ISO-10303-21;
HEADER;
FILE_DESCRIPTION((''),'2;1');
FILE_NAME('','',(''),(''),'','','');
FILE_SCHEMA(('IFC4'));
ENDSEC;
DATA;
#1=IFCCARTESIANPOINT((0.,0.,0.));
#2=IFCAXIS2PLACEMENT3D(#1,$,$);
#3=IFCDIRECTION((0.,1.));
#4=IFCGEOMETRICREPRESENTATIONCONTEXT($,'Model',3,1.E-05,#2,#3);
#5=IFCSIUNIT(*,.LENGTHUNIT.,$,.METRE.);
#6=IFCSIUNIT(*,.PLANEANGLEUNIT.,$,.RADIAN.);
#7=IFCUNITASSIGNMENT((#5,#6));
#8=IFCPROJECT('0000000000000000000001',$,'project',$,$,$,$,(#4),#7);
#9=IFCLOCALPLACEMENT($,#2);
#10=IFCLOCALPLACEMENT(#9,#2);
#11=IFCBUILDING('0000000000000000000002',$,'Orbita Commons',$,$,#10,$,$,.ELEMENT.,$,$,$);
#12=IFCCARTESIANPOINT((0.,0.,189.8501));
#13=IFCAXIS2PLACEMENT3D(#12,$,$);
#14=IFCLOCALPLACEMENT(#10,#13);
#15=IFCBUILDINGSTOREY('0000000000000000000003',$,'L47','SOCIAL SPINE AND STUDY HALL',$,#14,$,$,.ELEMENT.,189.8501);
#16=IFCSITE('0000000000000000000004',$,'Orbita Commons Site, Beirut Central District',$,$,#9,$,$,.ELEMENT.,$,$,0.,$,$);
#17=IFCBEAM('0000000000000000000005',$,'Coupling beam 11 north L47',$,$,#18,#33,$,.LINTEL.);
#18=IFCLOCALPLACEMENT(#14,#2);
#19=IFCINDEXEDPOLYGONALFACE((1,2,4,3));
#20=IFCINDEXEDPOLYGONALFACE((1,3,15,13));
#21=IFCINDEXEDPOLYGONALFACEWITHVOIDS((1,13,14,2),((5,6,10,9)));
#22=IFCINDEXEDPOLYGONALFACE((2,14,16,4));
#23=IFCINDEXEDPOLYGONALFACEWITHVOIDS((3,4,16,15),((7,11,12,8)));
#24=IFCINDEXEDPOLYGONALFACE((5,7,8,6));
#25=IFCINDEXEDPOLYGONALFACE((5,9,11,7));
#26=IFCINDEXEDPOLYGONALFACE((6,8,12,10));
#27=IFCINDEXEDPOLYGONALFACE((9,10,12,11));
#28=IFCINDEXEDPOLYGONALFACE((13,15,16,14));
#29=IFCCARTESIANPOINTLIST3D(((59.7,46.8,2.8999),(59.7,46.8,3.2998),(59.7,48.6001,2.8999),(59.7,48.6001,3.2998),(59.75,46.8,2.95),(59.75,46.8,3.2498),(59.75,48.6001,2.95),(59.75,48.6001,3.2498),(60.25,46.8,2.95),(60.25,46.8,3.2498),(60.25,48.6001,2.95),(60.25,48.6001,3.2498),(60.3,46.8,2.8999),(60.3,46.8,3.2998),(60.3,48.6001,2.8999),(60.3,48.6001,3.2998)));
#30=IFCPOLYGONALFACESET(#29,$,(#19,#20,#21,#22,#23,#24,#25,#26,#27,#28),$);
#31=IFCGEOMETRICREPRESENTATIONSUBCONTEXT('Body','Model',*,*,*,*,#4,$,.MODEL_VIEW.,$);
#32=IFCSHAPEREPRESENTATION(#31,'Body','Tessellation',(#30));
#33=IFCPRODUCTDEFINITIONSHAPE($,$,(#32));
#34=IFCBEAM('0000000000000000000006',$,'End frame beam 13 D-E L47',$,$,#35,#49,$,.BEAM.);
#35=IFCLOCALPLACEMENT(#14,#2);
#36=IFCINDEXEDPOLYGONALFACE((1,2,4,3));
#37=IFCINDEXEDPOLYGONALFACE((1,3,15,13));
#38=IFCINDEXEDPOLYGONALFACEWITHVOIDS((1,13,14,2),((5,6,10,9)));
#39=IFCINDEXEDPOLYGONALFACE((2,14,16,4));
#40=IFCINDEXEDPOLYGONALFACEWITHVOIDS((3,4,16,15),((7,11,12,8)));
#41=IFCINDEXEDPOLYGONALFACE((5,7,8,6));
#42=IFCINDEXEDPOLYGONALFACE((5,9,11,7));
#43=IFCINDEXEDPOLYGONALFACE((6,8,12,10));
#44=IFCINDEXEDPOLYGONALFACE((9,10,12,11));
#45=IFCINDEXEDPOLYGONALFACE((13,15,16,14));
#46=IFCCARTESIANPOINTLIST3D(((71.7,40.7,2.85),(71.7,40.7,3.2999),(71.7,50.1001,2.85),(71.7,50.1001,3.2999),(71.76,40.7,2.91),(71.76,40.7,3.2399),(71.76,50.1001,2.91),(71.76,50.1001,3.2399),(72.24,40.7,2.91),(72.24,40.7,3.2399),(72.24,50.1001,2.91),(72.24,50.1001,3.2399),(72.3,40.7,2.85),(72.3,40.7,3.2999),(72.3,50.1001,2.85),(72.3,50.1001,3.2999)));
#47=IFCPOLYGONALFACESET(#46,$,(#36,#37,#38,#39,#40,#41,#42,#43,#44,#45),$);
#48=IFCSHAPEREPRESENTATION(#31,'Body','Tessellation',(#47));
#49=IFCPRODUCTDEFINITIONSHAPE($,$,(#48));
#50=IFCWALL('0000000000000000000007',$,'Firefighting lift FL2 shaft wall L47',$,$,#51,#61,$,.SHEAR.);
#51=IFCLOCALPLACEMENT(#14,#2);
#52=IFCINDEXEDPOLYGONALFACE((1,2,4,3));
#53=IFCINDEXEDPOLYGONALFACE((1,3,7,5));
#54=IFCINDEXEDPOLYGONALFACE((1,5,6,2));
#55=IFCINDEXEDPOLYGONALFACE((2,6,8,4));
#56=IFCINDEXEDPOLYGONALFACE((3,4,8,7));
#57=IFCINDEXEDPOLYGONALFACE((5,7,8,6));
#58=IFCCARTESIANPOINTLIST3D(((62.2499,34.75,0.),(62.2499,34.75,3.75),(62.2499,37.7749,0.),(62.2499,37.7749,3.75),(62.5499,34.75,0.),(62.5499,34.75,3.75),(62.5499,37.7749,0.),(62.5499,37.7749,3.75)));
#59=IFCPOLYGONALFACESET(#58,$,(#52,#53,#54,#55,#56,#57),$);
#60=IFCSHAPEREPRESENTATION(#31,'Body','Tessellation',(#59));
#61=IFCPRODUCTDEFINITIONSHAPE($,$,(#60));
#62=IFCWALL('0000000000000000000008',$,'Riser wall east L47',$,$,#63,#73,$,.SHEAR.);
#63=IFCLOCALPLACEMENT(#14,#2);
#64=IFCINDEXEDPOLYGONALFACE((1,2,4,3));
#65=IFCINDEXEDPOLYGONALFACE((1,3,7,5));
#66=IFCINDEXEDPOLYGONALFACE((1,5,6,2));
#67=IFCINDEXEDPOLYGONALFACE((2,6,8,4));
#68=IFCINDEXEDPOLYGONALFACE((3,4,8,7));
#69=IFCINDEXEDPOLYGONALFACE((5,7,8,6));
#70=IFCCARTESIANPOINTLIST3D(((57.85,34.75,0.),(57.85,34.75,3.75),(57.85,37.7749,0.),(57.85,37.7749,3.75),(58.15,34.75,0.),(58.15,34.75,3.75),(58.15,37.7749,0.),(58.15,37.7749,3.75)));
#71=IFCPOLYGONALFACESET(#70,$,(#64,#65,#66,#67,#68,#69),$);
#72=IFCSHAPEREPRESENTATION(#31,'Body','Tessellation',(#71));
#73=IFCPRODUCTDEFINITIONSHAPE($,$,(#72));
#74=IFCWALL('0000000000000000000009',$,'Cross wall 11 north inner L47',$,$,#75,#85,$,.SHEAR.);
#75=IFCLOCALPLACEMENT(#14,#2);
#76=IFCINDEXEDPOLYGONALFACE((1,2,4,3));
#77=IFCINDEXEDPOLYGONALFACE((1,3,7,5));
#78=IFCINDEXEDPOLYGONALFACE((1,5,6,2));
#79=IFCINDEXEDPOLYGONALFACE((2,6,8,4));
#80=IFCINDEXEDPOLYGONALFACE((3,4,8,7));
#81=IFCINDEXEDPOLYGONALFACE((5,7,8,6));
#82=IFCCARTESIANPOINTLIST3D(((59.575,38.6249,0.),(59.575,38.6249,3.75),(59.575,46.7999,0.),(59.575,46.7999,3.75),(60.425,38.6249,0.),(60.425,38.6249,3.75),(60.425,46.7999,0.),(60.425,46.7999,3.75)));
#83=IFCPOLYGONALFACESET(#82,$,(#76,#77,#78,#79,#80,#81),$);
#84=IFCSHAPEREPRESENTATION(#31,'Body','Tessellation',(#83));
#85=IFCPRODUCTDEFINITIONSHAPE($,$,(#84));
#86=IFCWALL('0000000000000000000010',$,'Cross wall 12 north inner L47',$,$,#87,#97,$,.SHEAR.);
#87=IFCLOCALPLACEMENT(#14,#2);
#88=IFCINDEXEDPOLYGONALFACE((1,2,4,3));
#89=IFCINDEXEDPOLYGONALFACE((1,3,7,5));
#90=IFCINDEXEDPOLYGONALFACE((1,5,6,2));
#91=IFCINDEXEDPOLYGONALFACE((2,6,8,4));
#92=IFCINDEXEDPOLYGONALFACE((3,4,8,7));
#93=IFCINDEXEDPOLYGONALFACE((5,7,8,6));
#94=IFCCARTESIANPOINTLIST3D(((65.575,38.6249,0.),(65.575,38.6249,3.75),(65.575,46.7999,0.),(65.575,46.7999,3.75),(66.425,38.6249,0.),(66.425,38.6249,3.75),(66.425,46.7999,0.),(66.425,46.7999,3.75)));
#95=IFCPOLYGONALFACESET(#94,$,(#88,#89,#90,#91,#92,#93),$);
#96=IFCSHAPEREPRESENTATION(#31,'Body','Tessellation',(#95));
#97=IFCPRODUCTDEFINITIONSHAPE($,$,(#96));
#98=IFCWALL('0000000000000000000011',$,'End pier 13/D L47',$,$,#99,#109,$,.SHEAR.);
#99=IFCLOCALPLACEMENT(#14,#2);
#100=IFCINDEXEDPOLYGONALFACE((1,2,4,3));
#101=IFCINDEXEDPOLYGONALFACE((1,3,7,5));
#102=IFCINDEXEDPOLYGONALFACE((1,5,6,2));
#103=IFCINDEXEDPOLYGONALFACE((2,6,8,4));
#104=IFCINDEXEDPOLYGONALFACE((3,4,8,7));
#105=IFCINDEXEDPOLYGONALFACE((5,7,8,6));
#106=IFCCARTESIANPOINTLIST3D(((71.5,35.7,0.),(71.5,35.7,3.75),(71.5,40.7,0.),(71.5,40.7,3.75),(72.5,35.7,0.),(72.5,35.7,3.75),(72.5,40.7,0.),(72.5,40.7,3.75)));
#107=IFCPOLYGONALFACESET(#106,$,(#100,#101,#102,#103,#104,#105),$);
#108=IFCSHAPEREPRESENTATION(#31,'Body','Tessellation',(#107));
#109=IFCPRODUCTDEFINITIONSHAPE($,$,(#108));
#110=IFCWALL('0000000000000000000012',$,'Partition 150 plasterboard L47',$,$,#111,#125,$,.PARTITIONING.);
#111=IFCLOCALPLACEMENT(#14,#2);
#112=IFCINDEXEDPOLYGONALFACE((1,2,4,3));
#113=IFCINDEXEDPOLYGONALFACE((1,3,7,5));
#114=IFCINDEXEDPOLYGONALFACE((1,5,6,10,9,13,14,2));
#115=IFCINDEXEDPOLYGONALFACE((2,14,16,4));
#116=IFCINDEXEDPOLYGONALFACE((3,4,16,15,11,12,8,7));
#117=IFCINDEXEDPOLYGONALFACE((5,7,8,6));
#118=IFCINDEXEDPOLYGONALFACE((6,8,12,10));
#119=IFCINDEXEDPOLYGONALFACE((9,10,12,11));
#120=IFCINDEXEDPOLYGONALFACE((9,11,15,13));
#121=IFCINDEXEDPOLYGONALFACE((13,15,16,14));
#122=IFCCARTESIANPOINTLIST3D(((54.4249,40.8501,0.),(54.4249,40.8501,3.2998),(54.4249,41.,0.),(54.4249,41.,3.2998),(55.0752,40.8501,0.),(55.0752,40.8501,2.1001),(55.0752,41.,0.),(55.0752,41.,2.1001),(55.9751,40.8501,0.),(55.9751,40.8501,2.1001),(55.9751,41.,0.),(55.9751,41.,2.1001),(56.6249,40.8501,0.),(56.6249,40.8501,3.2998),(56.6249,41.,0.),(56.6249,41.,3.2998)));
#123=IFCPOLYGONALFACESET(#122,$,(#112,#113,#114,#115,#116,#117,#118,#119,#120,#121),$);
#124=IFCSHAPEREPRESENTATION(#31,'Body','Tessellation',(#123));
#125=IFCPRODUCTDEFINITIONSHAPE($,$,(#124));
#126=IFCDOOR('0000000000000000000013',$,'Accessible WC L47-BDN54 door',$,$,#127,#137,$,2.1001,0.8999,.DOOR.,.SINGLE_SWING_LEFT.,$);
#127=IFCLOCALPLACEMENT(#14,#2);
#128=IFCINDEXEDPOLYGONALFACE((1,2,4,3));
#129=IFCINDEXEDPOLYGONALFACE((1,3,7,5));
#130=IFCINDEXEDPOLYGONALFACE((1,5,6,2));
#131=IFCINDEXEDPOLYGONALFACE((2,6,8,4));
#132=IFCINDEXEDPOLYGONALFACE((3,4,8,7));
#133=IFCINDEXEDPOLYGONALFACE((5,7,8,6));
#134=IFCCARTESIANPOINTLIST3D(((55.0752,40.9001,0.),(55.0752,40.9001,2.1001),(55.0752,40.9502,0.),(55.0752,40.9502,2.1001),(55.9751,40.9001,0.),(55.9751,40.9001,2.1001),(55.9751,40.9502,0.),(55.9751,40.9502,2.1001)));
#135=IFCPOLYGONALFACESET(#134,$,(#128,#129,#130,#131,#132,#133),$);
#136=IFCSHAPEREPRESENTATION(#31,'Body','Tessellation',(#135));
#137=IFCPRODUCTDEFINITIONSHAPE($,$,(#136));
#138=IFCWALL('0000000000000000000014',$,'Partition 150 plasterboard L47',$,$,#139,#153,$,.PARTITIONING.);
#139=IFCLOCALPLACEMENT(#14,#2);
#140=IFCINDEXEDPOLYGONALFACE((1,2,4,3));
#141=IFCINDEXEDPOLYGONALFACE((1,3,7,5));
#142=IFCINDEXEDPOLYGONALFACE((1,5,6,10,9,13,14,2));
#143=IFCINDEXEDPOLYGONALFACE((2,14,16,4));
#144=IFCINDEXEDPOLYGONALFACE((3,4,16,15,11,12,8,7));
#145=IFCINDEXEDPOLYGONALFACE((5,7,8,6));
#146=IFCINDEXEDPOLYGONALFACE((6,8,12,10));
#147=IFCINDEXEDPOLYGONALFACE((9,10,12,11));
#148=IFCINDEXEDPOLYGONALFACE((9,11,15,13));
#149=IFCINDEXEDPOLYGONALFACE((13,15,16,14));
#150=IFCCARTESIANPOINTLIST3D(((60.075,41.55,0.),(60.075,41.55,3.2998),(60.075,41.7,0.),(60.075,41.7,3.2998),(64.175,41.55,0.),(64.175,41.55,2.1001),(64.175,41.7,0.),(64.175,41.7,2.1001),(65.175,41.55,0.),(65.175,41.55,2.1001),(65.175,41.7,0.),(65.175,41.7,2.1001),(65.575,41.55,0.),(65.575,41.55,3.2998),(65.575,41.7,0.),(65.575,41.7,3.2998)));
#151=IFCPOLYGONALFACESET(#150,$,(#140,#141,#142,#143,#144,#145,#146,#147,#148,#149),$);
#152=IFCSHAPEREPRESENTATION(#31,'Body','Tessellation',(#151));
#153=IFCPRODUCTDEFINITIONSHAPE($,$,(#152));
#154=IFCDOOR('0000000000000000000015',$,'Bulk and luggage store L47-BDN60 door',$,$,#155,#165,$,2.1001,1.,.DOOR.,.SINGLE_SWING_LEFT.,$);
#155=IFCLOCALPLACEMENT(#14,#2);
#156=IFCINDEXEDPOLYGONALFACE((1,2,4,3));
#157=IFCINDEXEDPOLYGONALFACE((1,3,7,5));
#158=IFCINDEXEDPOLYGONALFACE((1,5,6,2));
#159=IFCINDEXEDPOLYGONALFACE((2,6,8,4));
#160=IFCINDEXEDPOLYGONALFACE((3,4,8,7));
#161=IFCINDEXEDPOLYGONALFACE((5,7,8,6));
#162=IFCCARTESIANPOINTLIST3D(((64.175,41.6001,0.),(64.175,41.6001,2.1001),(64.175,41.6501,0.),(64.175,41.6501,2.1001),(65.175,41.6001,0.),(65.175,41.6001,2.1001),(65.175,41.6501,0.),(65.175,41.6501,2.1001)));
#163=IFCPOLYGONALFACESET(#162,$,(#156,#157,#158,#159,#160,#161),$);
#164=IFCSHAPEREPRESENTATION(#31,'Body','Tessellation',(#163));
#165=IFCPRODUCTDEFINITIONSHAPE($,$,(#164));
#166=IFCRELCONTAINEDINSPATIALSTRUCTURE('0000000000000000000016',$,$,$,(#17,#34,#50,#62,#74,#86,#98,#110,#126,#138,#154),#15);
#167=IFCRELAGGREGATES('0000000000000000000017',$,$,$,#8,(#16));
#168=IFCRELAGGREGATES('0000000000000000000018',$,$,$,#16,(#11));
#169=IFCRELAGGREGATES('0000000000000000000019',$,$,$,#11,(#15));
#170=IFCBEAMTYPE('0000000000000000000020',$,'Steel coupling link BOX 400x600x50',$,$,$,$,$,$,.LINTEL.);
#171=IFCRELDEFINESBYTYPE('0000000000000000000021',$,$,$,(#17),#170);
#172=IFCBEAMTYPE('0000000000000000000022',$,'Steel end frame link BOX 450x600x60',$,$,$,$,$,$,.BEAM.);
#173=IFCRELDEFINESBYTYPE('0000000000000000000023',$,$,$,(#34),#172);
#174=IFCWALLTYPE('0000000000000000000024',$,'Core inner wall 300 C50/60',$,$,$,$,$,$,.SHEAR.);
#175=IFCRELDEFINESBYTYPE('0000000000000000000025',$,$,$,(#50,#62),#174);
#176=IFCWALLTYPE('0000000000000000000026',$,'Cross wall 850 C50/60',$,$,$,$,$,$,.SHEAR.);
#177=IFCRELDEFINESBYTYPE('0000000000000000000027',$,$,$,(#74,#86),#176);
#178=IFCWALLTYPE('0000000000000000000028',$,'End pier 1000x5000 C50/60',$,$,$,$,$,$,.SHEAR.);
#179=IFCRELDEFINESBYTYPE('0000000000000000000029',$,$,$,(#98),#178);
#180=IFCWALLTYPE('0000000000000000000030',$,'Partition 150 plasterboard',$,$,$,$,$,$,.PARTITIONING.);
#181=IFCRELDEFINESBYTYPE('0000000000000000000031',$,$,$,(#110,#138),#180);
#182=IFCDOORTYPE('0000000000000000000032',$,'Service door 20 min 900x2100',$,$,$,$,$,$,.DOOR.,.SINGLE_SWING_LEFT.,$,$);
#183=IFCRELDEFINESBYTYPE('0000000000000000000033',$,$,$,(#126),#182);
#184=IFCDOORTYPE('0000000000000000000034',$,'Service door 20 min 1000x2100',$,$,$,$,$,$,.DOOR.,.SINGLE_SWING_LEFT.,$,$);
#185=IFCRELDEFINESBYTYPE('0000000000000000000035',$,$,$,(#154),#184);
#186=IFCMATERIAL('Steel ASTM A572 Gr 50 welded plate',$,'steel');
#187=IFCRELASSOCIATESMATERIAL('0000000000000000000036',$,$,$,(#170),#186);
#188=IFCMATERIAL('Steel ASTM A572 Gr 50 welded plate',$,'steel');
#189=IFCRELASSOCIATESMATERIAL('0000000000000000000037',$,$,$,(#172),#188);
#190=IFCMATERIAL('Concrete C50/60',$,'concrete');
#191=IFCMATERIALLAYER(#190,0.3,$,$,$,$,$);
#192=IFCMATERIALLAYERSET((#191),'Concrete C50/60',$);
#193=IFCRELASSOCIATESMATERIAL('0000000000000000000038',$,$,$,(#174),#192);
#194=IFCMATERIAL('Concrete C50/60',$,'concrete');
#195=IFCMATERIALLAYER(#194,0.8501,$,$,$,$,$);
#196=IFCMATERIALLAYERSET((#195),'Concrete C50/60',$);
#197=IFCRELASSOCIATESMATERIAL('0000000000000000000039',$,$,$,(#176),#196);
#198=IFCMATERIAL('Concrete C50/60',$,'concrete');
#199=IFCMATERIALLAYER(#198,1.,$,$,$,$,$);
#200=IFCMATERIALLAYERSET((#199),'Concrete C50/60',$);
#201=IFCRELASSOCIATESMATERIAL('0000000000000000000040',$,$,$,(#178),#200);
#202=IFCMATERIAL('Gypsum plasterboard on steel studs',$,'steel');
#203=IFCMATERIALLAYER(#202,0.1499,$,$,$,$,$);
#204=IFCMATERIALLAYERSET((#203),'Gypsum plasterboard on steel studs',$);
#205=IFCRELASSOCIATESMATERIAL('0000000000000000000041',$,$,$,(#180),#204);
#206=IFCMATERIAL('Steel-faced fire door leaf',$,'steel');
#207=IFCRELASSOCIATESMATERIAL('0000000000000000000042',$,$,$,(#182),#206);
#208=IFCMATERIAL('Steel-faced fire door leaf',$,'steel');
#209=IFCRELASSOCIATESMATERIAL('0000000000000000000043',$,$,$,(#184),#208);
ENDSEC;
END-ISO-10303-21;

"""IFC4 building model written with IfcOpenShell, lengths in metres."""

from ifc_helpers import new_model, si_unit, direction, frame, frame_2d, origin, origin_2d, place, context, subcontext, project, spatial, rectangle, hollow_rectangle, extrude, material, layer, layer_set, material_profile, profile_set, type_object, element, fill, save


model = new_model("IFC4")

# Units and contexts
model_context = context("Model", 3, precision=1e-05, world=origin(), true_north=direction((0.0, 1.0)))
body_context = subcontext(model_context, "Body", "Model", "MODEL_VIEW")
ifc_project = project(units=[si_unit("LENGTHUNIT", "METRE"), si_unit("PLANEANGLEUNIT", "RADIAN")], contexts=[model_context])

# Site, building, storey
site_placement = place(None, origin())
site = spatial("IfcSite", under=ifc_project, at=site_placement, Name="Orbita Commons Site, Beirut Central District", CompositionType="ELEMENT", RefElevation=0.0)
building_placement = place(site_placement, origin())
building = spatial("IfcBuilding", under=site, at=building_placement, Name="Orbita Commons", CompositionType="ELEMENT")
storey_placement = place(building_placement, frame((0.0, 0.0, 189.8501)))
storey = spatial("IfcBuildingStorey", under=building, at=storey_placement, Name="L47", Description="SOCIAL SPINE AND STUDY HALL", CompositionType="ELEMENT", Elevation=189.8501)

# Beams
ifc_material_1 = material(Name="Steel ASTM A572 Gr 50 welded plate", Category="steel")
ifc_material_profile_1 = material_profile(ifc_material_1, hollow_rectangle(XDim=0.6001, YDim=0.3999, WallThickness=0.05, at=origin_2d()), Name="BOX 400x600x50")
ifc_profile_set_1 = profile_set([ifc_material_profile_1], Name="Steel ASTM A572 Gr 50 welded plate")
beam_type_1 = type_object("IfcBeamType", Name="Steel coupling link BOX 400x600x50", PredefinedType="LINTEL", material=ifc_profile_set_1)
beam_1_placement = place(storey_placement, frame((60.0, 46.8, 3.0999), z_axis=(0.0, 1.0, 0.0), x_axis=(-1.0, 0.0, 0.0)))
element("IfcBeam", 1, at=beam_1_placement, inside=storey, type_object=beam_type_1, Name="Coupling beam 11 north L47", PredefinedType="LINTEL", context=body_context, shape_type="SweptSolid", body=[
    extrude(hollow_rectangle(XDim=0.6001, YDim=0.3999, WallThickness=0.05, at=origin_2d()), origin(), (0.0, 0.0, 1.0), 1.8),
])
ifc_material_2 = material(Name="Steel ASTM A572 Gr 50 welded plate", Category="steel")
ifc_material_profile_2 = material_profile(ifc_material_2, hollow_rectangle(XDim=0.6001, YDim=0.45, WallThickness=0.0601, at=origin_2d()), Name="BOX 450x600x60")
ifc_profile_set_2 = profile_set([ifc_material_profile_2], Name="Steel ASTM A572 Gr 50 welded plate")
beam_type_2 = type_object("IfcBeamType", Name="Steel end frame link BOX 450x600x60", PredefinedType="BEAM", material=ifc_profile_set_2)
beam_2_placement = place(storey_placement, frame((72.0, 40.7, 3.075), z_axis=(0.0, 1.0, 0.0), x_axis=(-1.0, 0.0, 0.0)))
element("IfcBeam", 2, at=beam_2_placement, inside=storey, type_object=beam_type_2, Name="End frame beam 13 D-E L47", PredefinedType="BEAM", context=body_context, shape_type="SweptSolid", body=[
    extrude(hollow_rectangle(XDim=0.6001, YDim=0.45, WallThickness=0.0601, at=origin_2d()), origin(), (0.0, 0.0, 1.0), 9.4001),
])

# Walls
ifc_material_3 = material(Name="Concrete C50/60", Category="concrete")
ifc_layer_1 = layer(ifc_material_3, 0.3)
ifc_layer_set_1 = layer_set([ifc_layer_1], Name="Concrete C50/60")
wall_type_1 = type_object("IfcWallType", Name="Core inner wall 300 C50/60", PredefinedType="SHEAR", material=ifc_layer_set_1)
for number, where, z_axis, x_axis, name in (
    (3, (62.3999, 34.75, 0.0), (0.0, 0.0, 1.0), (0.0, 1.0, 0.0), "Firefighting lift FL2 shaft wall L47"),
    (4, (58.0, 34.75, 0.0), (0.0, 0.0, 1.0), (0.0, 1.0, 0.0), "Riser wall east L47"),
):
    element("IfcWall", number, at=place(storey_placement, frame(where, z_axis=z_axis, x_axis=x_axis)), inside=storey, type_object=wall_type_1, Name=name, PredefinedType="SHEAR", context=body_context, shape_type="SweptSolid", body=[
        extrude(rectangle(XDim=3.0249, YDim=0.3, at=frame_2d((1.5125, 0.0))), origin(), (0.0, 0.0, 1.0), 3.75),
    ])
ifc_material_4 = material(Name="Concrete C50/60", Category="concrete")
ifc_layer_2 = layer(ifc_material_4, 0.8501)
ifc_layer_set_2 = layer_set([ifc_layer_2], Name="Concrete C50/60")
wall_type_2 = type_object("IfcWallType", Name="Cross wall 850 C50/60", PredefinedType="SHEAR", material=ifc_layer_set_2)
for number, where, z_axis, x_axis, name in (
    (5, (60.0, 38.625, 0.0), (0.0, 0.0, 1.0), (0.0, 1.0, 0.0), "Cross wall 11 north inner L47"),
    (6, (66.0, 38.625, 0.0), (0.0, 0.0, 1.0), (0.0, 1.0, 0.0), "Cross wall 12 north inner L47"),
):
    element("IfcWall", number, at=place(storey_placement, frame(where, z_axis=z_axis, x_axis=x_axis)), inside=storey, type_object=wall_type_2, Name=name, PredefinedType="SHEAR", context=body_context, shape_type="SweptSolid", body=[
        extrude(rectangle(XDim=8.175, YDim=0.8501, at=frame_2d((4.0874, 0.0))), origin(), (0.0, 0.0, 1.0), 3.75),
    ])
ifc_material_5 = material(Name="Concrete C50/60", Category="concrete")
ifc_layer_3 = layer(ifc_material_5, 1.0)
ifc_layer_set_3 = layer_set([ifc_layer_3], Name="Concrete C50/60")
wall_type_3 = type_object("IfcWallType", Name="End pier 1000x5000 C50/60", PredefinedType="SHEAR", material=ifc_layer_set_3)
wall_1_placement = place(storey_placement, frame((72.0, 35.7, 0.0), z_axis=(0.0, 0.0, 1.0), x_axis=(0.0, 1.0, 0.0)))
element("IfcWall", 7, at=wall_1_placement, inside=storey, type_object=wall_type_3, Name="End pier 13/D L47", PredefinedType="SHEAR", context=body_context, shape_type="SweptSolid", body=[
    extrude(rectangle(XDim=5.0, YDim=1.0, at=frame_2d((2.5, 0.0))), origin(), (0.0, 0.0, 1.0), 3.75),
])

# Walls, openings, doors
ifc_material_6 = material(Name="Gypsum plasterboard on steel studs", Category="steel")
ifc_layer_4 = layer(ifc_material_6, 0.1499)
ifc_layer_set_4 = layer_set([ifc_layer_4], Name="Gypsum plasterboard on steel studs")
wall_type_4 = type_object("IfcWallType", Name="Partition 150 plasterboard", PredefinedType="PARTITIONING", material=ifc_layer_set_4)
wall_2_placement = place(storey_placement, frame((56.625, 40.925, 0.0), z_axis=(0.0, 0.0, 1.0), x_axis=(-1.0, 0.0, 0.0)))
wall_2 = element("IfcWall", 8, at=wall_2_placement, inside=storey, type_object=wall_type_4, Name="Partition 150 plasterboard L47", PredefinedType="PARTITIONING", context=body_context, shape_type="SweptSolid", body=[
    extrude(rectangle(XDim=2.2, YDim=0.1499, at=frame_2d((1.1001, 0.0))), origin(), (0.0, 0.0, 1.0), 3.2998),
])
opening_1_placement = place(wall_2_placement, frame((0.6499, 0.0, 0.0)))
opening_1 = element("IfcOpeningElement", 9, at=opening_1_placement, cuts=wall_2, PredefinedType="OPENING", context=body_context, shape_type="SweptSolid", body=[
    extrude(rectangle(XDim=0.8999, YDim=2.1001, at=frame_2d((0.45, 1.05))), frame((0.0, 0.085, 0.0), z_axis=(0.0, -1.0, 0.0), x_axis=(1.0, 0.0, 0.0)), (0.0, 0.0, 1.0), 0.1699),
])
ifc_material_7 = material(Name="Steel-faced fire door leaf", Category="steel")
door_type_1 = type_object("IfcDoorType", Name="Service door 20 min 900x2100", OperationType="SINGLE_SWING_LEFT", PredefinedType="DOOR", material=ifc_material_7)
door_1_placement = place(opening_1_placement, origin())
door_1 = element("IfcDoor", 10, at=door_1_placement, inside=storey, type_object=door_type_1, Name="Accessible WC L47-BDN54 door", OperationType="SINGLE_SWING_LEFT", OverallHeight=2.1001, OverallWidth=0.8999, PredefinedType="DOOR", context=body_context, shape_type="SweptSolid", body=[
    extrude(rectangle(XDim=0.8999, YDim=2.1001, at=frame_2d((0.45, 1.05))), frame((0.0, 0.0249, 0.0), z_axis=(0.0, -1.0, 0.0), x_axis=(1.0, 0.0, 0.0)), (0.0, 0.0, 1.0), 0.05),
])
fill(opening_1, door_1)
wall_3_placement = place(storey_placement, frame((65.575, 41.625, 0.0), z_axis=(0.0, 0.0, 1.0), x_axis=(-1.0, 0.0, 0.0)))
wall_3 = element("IfcWall", 11, at=wall_3_placement, inside=storey, type_object=wall_type_4, Name="Partition 150 plasterboard L47", PredefinedType="PARTITIONING", context=body_context, shape_type="SweptSolid", body=[
    extrude(rectangle(XDim=5.5, YDim=0.1499, at=frame_2d((2.75, 0.0))), origin(), (0.0, 0.0, 1.0), 3.2998),
])
opening_2_placement = place(wall_3_placement, frame((0.3999, 0.0, 0.0)))
opening_2 = element("IfcOpeningElement", 12, at=opening_2_placement, cuts=wall_3, PredefinedType="OPENING", context=body_context, shape_type="SweptSolid", body=[
    extrude(rectangle(XDim=1.0, YDim=2.1001, at=frame_2d((0.5, 1.05))), frame((0.0, 0.085, 0.0), z_axis=(0.0, -1.0, 0.0), x_axis=(1.0, 0.0, 0.0)), (0.0, 0.0, 1.0), 0.1699),
])
ifc_material_8 = material(Name="Steel-faced fire door leaf", Category="steel")
door_type_2 = type_object("IfcDoorType", Name="Service door 20 min 1000x2100", OperationType="SINGLE_SWING_LEFT", PredefinedType="DOOR", material=ifc_material_8)
door_2_placement = place(opening_2_placement, origin())
door_2 = element("IfcDoor", 13, at=door_2_placement, inside=storey, type_object=door_type_2, Name="Bulk and luggage store L47-BDN60 door", OperationType="SINGLE_SWING_LEFT", OverallHeight=2.1001, OverallWidth=1.0, PredefinedType="DOOR", context=body_context, shape_type="SweptSolid", body=[
    extrude(rectangle(XDim=1.0, YDim=2.1001, at=frame_2d((0.5, 1.05))), frame((0.0, 0.0249, 0.0), z_axis=(0.0, -1.0, 0.0), x_axis=(1.0, 0.0, 0.0)), (0.0, 0.0, 1.0), 0.05),
])
fill(opening_2, door_2)

save(model, "model.ifc")
